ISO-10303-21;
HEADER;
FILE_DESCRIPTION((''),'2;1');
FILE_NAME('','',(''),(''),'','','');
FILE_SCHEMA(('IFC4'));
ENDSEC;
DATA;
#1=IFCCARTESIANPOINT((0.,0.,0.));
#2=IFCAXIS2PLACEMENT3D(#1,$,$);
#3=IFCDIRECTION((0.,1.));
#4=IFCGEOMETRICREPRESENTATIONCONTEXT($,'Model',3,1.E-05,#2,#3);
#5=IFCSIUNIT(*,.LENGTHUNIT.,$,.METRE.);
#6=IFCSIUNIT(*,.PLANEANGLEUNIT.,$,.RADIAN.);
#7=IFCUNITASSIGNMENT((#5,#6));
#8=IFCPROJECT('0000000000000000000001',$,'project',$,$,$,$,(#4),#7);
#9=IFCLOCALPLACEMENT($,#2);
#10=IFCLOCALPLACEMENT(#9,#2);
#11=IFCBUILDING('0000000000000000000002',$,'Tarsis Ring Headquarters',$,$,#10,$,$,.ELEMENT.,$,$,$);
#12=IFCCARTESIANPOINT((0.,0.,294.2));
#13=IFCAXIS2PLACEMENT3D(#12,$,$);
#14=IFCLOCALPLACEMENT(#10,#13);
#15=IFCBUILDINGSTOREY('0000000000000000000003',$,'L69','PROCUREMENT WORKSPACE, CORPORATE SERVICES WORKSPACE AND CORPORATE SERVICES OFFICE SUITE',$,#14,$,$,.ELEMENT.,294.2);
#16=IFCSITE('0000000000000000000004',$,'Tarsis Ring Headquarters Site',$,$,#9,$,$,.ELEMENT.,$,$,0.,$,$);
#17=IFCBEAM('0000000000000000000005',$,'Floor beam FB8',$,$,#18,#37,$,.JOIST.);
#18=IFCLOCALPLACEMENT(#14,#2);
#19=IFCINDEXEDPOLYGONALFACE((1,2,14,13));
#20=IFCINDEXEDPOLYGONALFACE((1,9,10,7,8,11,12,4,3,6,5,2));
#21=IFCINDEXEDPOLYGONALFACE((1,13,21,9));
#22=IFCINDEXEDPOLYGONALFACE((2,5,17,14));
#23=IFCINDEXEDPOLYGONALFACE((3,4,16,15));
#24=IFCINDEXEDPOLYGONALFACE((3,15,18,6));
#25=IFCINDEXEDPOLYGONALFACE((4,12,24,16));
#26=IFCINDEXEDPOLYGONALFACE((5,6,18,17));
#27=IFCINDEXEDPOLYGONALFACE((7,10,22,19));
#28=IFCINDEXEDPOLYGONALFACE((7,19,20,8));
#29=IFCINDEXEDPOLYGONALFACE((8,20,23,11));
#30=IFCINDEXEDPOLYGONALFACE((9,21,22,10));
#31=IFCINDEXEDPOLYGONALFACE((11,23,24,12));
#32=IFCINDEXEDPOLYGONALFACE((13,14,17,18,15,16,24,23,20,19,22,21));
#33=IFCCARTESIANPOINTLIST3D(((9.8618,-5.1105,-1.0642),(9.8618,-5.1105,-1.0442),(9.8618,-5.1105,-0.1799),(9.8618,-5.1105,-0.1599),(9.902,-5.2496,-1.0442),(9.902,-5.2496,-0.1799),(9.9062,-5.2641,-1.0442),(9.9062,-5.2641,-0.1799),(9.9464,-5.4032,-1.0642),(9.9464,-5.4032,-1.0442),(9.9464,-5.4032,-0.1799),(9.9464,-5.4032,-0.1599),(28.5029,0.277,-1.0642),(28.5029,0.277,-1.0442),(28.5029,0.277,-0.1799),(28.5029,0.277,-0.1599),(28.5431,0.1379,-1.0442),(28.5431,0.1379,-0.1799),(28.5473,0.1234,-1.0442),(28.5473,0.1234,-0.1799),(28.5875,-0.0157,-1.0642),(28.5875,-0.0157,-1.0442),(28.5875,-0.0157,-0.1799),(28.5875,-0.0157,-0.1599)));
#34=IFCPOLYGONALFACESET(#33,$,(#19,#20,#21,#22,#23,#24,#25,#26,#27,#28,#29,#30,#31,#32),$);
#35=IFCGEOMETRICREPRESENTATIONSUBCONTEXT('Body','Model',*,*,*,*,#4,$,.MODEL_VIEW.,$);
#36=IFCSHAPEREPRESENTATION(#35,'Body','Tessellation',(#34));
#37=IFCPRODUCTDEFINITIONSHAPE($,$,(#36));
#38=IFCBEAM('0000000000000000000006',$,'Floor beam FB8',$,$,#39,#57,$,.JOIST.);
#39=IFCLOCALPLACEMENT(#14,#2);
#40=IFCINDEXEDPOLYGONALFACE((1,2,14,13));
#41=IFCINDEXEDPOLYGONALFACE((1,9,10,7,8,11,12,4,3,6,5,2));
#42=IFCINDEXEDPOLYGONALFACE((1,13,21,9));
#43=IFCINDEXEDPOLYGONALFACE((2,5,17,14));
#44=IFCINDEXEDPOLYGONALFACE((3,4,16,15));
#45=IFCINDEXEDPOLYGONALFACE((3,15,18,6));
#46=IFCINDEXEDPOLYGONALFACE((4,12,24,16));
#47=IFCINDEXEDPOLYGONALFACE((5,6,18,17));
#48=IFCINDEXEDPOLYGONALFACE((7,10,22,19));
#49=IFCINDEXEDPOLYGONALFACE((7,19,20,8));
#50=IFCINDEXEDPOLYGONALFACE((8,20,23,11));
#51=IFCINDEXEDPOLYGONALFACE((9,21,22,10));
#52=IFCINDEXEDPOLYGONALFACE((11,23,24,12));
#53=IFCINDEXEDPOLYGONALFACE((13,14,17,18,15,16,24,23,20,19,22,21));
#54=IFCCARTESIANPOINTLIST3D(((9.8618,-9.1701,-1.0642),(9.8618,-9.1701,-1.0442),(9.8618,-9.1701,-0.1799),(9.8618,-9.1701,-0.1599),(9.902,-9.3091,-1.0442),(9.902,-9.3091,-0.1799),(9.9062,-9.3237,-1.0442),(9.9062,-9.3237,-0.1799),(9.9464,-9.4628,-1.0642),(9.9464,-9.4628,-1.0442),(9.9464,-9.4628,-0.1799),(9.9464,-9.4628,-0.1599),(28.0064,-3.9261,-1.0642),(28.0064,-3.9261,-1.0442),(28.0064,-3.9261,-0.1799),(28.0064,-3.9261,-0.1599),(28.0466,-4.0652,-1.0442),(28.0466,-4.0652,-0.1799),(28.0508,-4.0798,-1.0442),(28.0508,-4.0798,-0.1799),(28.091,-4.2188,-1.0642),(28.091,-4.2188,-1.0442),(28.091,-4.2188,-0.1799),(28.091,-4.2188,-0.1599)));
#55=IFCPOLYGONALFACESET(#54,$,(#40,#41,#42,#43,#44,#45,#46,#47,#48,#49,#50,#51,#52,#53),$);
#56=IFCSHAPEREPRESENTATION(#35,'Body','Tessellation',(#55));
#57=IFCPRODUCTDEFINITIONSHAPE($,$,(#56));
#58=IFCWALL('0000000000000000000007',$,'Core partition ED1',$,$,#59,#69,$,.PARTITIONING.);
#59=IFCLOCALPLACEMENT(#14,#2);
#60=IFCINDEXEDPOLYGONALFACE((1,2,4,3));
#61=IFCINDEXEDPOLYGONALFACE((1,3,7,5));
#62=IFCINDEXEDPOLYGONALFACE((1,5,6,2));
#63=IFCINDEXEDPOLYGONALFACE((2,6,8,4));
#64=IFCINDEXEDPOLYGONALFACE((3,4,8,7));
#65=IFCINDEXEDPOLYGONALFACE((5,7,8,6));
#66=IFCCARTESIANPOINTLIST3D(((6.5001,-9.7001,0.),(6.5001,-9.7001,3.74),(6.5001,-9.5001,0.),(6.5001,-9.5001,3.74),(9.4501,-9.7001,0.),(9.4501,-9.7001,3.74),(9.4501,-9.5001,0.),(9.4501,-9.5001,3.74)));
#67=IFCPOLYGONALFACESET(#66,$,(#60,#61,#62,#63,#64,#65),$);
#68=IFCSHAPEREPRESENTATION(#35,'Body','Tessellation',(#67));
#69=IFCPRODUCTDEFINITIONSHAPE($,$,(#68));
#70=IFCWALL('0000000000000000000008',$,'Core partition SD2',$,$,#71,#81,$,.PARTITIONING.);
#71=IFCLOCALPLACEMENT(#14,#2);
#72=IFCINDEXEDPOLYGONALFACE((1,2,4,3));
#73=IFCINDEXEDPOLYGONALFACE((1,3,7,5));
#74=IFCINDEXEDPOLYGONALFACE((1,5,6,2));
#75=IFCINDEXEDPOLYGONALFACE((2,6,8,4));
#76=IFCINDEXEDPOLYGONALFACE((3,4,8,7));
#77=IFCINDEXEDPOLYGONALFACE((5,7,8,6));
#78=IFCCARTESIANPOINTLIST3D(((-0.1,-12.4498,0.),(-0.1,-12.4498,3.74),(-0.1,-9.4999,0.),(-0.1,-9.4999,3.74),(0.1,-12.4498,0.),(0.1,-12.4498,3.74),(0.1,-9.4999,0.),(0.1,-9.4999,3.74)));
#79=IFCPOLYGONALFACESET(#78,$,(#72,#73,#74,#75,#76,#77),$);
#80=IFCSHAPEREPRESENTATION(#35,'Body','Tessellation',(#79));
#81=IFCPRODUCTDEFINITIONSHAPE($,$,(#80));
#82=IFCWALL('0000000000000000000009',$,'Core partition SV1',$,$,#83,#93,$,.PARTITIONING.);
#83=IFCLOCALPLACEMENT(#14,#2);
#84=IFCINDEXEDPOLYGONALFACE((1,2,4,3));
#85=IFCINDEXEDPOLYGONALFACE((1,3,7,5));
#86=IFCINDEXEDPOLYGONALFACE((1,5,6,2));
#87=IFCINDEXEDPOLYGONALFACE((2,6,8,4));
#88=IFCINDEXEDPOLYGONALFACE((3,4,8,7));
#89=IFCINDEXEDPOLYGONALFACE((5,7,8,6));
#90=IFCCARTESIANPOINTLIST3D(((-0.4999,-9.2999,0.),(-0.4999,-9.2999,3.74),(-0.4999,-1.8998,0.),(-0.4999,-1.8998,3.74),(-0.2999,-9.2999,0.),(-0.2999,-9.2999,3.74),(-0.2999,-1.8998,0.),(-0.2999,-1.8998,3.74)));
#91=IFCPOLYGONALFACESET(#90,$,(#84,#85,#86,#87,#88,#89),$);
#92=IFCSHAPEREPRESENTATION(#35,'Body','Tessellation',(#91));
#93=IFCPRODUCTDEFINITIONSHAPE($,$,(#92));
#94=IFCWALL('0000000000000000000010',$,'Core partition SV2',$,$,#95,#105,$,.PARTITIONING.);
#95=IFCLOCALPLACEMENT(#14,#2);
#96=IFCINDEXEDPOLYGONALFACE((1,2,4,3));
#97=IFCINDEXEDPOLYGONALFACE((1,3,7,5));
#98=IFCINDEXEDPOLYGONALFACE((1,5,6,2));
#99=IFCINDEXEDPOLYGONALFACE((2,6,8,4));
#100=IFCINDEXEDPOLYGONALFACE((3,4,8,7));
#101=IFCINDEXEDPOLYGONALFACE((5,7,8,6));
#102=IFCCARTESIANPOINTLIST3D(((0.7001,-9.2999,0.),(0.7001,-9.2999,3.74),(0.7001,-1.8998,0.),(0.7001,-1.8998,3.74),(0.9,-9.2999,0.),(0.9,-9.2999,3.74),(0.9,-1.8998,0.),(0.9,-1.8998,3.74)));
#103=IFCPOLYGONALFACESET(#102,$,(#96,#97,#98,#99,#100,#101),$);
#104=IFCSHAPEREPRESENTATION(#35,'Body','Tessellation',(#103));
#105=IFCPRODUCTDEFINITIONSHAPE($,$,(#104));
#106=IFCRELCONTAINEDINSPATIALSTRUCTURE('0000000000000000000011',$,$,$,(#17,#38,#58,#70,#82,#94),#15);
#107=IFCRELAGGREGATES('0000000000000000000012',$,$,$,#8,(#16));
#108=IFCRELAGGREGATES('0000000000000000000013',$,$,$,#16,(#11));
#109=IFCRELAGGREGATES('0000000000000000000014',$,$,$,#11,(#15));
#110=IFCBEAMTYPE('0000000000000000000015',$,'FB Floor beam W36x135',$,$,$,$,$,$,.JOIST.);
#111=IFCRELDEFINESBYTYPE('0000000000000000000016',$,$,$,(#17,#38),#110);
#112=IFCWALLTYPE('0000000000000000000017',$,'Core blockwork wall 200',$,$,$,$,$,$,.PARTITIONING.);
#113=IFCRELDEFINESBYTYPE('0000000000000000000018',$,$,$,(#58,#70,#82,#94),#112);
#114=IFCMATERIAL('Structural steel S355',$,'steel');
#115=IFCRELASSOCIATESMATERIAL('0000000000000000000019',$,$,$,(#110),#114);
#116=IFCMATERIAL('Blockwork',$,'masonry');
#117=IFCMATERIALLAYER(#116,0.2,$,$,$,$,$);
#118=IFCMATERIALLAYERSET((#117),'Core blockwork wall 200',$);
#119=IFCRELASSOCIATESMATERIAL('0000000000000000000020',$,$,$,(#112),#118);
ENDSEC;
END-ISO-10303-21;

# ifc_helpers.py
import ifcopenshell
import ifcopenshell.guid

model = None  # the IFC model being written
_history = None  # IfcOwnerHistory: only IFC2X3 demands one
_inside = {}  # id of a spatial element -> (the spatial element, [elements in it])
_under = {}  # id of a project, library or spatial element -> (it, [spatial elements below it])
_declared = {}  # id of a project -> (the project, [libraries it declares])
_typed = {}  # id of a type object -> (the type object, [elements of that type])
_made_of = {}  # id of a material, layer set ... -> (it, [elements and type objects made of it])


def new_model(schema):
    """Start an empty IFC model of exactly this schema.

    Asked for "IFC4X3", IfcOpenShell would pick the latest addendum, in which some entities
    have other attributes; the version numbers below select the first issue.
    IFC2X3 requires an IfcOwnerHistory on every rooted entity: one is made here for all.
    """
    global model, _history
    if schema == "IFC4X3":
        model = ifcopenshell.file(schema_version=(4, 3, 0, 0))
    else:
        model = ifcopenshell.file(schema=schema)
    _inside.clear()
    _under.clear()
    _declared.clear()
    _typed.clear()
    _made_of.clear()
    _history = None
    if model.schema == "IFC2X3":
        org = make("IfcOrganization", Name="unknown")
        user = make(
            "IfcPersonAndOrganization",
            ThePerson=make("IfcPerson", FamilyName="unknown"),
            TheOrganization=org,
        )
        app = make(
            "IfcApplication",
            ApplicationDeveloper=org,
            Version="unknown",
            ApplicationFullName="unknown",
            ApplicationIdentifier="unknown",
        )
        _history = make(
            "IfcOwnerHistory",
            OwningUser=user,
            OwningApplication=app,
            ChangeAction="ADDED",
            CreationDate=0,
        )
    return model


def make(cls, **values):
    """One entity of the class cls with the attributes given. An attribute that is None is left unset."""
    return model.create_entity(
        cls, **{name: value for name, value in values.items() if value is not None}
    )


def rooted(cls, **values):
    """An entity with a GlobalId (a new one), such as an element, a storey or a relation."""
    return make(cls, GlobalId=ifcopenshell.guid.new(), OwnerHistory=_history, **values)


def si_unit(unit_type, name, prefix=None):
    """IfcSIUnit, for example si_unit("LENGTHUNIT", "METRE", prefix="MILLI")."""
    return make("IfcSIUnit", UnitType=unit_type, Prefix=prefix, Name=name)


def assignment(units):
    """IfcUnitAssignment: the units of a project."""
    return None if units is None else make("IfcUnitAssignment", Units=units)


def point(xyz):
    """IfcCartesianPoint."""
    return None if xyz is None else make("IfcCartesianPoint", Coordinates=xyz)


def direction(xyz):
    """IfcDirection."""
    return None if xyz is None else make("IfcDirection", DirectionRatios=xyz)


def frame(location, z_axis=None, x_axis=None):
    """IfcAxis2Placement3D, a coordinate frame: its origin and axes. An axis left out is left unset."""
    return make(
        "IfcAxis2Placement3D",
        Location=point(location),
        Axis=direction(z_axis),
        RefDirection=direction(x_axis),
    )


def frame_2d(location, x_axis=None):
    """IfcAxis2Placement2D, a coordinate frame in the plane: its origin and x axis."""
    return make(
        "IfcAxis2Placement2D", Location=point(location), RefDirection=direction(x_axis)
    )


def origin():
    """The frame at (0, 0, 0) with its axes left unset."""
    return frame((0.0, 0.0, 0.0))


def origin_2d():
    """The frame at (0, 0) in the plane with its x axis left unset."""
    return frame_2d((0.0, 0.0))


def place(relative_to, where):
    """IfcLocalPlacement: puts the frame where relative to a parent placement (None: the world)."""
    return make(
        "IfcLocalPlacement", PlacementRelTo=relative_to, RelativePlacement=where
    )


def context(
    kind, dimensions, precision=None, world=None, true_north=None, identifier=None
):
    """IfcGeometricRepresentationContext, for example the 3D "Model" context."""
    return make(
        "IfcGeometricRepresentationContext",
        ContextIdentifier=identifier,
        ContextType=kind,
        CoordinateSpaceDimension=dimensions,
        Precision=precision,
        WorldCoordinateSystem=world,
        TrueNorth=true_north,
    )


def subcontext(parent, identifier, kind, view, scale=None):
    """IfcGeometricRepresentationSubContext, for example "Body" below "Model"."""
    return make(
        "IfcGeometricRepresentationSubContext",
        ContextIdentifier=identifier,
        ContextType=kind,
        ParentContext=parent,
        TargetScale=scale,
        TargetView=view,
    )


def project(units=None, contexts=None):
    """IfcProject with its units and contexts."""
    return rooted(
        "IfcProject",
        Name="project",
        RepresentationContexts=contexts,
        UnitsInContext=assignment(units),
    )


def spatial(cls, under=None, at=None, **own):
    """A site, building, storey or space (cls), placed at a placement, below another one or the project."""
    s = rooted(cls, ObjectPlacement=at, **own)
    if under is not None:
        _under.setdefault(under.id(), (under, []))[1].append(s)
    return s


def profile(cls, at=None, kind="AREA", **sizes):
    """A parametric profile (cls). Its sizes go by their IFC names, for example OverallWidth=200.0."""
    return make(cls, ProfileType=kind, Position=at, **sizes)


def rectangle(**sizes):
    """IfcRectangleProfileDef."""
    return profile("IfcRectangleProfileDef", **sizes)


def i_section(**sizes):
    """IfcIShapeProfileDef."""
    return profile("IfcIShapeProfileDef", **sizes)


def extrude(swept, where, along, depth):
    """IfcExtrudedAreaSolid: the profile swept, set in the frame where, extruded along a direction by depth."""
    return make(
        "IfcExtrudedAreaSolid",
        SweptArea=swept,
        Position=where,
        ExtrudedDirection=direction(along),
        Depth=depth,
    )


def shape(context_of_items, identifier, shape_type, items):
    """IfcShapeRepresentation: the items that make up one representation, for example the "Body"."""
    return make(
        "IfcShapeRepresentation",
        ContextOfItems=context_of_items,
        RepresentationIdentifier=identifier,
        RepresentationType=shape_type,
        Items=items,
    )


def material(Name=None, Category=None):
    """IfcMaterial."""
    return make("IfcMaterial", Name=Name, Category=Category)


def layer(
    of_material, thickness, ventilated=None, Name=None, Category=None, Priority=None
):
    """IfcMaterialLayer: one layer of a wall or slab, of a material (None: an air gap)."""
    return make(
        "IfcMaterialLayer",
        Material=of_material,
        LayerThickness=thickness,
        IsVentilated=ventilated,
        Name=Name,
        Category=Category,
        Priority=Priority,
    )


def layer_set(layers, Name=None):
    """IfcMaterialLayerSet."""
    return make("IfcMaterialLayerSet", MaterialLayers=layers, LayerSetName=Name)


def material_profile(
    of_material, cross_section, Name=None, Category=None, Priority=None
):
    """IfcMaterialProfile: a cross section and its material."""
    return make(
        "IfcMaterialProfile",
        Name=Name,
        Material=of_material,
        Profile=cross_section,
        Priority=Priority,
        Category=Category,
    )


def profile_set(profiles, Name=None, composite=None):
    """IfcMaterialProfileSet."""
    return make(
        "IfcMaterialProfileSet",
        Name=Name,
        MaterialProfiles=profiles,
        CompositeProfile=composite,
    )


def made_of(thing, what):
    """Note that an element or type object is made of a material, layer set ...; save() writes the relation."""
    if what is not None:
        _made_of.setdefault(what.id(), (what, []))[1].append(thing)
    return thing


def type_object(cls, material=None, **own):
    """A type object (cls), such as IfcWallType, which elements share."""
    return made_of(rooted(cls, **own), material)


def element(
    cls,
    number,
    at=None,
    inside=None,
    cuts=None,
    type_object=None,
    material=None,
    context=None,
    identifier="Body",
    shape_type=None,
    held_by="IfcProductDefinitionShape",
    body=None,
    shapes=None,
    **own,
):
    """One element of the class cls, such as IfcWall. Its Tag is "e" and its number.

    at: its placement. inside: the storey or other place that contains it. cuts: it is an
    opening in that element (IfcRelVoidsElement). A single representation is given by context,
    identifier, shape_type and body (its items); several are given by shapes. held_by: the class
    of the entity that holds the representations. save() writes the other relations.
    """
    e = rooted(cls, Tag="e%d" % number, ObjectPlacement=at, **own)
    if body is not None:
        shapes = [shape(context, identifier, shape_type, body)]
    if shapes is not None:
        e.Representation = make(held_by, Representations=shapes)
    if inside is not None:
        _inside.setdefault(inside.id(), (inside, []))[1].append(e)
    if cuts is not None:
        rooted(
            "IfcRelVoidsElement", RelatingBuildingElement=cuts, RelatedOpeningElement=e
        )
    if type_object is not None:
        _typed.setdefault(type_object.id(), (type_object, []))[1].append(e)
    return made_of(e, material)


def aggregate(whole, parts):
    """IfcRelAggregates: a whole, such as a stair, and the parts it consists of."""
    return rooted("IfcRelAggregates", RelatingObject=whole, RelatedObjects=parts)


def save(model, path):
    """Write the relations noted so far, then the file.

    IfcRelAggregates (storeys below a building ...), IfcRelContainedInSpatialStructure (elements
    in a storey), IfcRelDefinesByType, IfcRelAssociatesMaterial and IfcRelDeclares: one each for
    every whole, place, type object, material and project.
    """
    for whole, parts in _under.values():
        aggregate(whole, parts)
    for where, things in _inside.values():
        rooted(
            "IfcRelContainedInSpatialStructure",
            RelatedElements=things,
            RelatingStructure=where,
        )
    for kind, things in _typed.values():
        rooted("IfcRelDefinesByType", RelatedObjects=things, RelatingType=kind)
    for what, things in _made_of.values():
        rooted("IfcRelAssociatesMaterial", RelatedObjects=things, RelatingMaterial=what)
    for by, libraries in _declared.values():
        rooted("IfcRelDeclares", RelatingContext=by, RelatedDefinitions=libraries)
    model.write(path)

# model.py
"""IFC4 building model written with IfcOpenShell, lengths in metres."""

from ifc_helpers import new_model, si_unit, direction, frame, frame_2d, origin, origin_2d, place, context, subcontext, project, spatial, rectangle, i_section, extrude, material, layer, layer_set, material_profile, profile_set, type_object, element, save


model = new_model("IFC4")

# Units and contexts
model_context = context("Model", 3, precision=1e-05, world=origin(), true_north=direction((0.0, 1.0)))
body_context = subcontext(model_context, "Body", "Model", "MODEL_VIEW")
ifc_project = project(units=[si_unit("LENGTHUNIT", "METRE"), si_unit("PLANEANGLEUNIT", "RADIAN")], contexts=[model_context])

# Site, building, storey
site_placement = place(None, origin())
site = spatial("IfcSite", under=ifc_project, at=site_placement, Name="Tarsis Ring Headquarters Site", CompositionType="ELEMENT", RefElevation=0.0)
building_placement = place(site_placement, origin())
building = spatial("IfcBuilding", under=site, at=building_placement, Name="Tarsis Ring Headquarters", CompositionType="ELEMENT")
storey_placement = place(building_placement, frame((0.0, 0.0, 294.2)))
storey = spatial("IfcBuildingStorey", under=building, at=storey_placement, Name="L69", Description="PROCUREMENT WORKSPACE, CORPORATE SERVICES WORKSPACE AND CORPORATE SERVICES OFFICE SUITE", CompositionType="ELEMENT", Elevation=294.2)

# Beams
ifc_material_1 = material(Name="Structural steel S355", Category="steel")
ifc_material_profile = material_profile(ifc_material_1, i_section(OverallWidth=0.3047, OverallDepth=0.9043, WebThickness=0.0151, FlangeThickness=0.02, at=origin_2d()), Name="W36x135")
ifc_profile_set = profile_set([ifc_material_profile], Name="Structural steel S355")
beam_type = type_object("IfcBeamType", Name="FB Floor beam W36x135", PredefinedType="JOIST", material=ifc_profile_set)
beam_1_placement = place(storey_placement, frame((9.9041, -5.2568, -0.6121), z_axis=(0.960683, 0.277646, 0.0), x_axis=(-0.277646, 0.960683, 0.0)))
element("IfcBeam", 1, at=beam_1_placement, inside=storey, type_object=beam_type, Name="Floor beam FB8", PredefinedType="JOIST", context=body_context, shape_type="SweptSolid", body=[
    extrude(i_section(OverallWidth=0.3047, OverallDepth=0.9043, WebThickness=0.0151, FlangeThickness=0.02, at=origin_2d()), origin(), (0.0, 0.0, 1.0), 19.4041),
])
beam_2_placement = place(storey_placement, frame((9.9041, -9.3164, -0.6121), z_axis=(0.960684, 0.277644, 0.0), x_axis=(-0.277644, 0.960684, 0.0)))
element("IfcBeam", 2, at=beam_2_placement, inside=storey, type_object=beam_type, Name="Floor beam FB8", PredefinedType="JOIST", context=body_context, shape_type="SweptSolid", body=[
    extrude(i_section(OverallWidth=0.3047, OverallDepth=0.9043, WebThickness=0.0151, FlangeThickness=0.02, at=origin_2d()), origin(), (0.0, 0.0, 1.0), 18.8872),
])

# Walls
ifc_material_2 = material(Name="Blockwork", Category="masonry")
ifc_layer_1 = layer(ifc_material_2, 0.2)
ifc_layer_set_1 = layer_set([ifc_layer_1], Name="Core blockwork wall 200")
wall_type_1 = type_object("IfcWallType", Name="Core blockwork wall 200", PredefinedType="PARTITIONING", material=ifc_layer_set_1)
for number, where, z_axis, x_axis, name in (
    (3, (6.5, -9.6001, 0.0), (0.0, 0.0, 1.0), (1.0, 0.0, 0.0), "Core partition ED1"),
    (4, (0.0, -12.45, 0.0), (0.0, 0.0, 1.0), (0.0, 1.0, 0.0), "Core partition SD2"),
):
    element("IfcWall", number, at=place(storey_placement, frame(where, z_axis=z_axis, x_axis=x_axis)), inside=storey, type_object=wall_type_1, Name=name, PredefinedType="PARTITIONING", context=body_context, shape_type="SweptSolid", body=[
        extrude(rectangle(XDim=2.95, YDim=0.2, at=frame_2d((1.4751, 0.0))), origin(), (0.0, 0.0, 1.0), 3.74),
    ])
for number, where, z_axis, x_axis, name in (
    (5, (-0.3999, -9.3, 0.0), (0.0, 0.0, 1.0), (0.0, 1.0, 0.0), "Core partition SV1"),
    (6, (0.8, -9.3, 0.0), (0.0, 0.0, 1.0), (0.0, 1.0, 0.0), "Core partition SV2"),
):
    element("IfcWall", number, at=place(storey_placement, frame(where, z_axis=z_axis, x_axis=x_axis)), inside=storey, type_object=wall_type_1, Name=name, PredefinedType="PARTITIONING", context=body_context, shape_type="SweptSolid", body=[
        extrude(rectangle(XDim=7.4001, YDim=0.2, at=frame_2d((3.7002, 0.0))), origin(), (0.0, 0.0, 1.0), 3.74),
    ])

save(model, "model.ifc")
